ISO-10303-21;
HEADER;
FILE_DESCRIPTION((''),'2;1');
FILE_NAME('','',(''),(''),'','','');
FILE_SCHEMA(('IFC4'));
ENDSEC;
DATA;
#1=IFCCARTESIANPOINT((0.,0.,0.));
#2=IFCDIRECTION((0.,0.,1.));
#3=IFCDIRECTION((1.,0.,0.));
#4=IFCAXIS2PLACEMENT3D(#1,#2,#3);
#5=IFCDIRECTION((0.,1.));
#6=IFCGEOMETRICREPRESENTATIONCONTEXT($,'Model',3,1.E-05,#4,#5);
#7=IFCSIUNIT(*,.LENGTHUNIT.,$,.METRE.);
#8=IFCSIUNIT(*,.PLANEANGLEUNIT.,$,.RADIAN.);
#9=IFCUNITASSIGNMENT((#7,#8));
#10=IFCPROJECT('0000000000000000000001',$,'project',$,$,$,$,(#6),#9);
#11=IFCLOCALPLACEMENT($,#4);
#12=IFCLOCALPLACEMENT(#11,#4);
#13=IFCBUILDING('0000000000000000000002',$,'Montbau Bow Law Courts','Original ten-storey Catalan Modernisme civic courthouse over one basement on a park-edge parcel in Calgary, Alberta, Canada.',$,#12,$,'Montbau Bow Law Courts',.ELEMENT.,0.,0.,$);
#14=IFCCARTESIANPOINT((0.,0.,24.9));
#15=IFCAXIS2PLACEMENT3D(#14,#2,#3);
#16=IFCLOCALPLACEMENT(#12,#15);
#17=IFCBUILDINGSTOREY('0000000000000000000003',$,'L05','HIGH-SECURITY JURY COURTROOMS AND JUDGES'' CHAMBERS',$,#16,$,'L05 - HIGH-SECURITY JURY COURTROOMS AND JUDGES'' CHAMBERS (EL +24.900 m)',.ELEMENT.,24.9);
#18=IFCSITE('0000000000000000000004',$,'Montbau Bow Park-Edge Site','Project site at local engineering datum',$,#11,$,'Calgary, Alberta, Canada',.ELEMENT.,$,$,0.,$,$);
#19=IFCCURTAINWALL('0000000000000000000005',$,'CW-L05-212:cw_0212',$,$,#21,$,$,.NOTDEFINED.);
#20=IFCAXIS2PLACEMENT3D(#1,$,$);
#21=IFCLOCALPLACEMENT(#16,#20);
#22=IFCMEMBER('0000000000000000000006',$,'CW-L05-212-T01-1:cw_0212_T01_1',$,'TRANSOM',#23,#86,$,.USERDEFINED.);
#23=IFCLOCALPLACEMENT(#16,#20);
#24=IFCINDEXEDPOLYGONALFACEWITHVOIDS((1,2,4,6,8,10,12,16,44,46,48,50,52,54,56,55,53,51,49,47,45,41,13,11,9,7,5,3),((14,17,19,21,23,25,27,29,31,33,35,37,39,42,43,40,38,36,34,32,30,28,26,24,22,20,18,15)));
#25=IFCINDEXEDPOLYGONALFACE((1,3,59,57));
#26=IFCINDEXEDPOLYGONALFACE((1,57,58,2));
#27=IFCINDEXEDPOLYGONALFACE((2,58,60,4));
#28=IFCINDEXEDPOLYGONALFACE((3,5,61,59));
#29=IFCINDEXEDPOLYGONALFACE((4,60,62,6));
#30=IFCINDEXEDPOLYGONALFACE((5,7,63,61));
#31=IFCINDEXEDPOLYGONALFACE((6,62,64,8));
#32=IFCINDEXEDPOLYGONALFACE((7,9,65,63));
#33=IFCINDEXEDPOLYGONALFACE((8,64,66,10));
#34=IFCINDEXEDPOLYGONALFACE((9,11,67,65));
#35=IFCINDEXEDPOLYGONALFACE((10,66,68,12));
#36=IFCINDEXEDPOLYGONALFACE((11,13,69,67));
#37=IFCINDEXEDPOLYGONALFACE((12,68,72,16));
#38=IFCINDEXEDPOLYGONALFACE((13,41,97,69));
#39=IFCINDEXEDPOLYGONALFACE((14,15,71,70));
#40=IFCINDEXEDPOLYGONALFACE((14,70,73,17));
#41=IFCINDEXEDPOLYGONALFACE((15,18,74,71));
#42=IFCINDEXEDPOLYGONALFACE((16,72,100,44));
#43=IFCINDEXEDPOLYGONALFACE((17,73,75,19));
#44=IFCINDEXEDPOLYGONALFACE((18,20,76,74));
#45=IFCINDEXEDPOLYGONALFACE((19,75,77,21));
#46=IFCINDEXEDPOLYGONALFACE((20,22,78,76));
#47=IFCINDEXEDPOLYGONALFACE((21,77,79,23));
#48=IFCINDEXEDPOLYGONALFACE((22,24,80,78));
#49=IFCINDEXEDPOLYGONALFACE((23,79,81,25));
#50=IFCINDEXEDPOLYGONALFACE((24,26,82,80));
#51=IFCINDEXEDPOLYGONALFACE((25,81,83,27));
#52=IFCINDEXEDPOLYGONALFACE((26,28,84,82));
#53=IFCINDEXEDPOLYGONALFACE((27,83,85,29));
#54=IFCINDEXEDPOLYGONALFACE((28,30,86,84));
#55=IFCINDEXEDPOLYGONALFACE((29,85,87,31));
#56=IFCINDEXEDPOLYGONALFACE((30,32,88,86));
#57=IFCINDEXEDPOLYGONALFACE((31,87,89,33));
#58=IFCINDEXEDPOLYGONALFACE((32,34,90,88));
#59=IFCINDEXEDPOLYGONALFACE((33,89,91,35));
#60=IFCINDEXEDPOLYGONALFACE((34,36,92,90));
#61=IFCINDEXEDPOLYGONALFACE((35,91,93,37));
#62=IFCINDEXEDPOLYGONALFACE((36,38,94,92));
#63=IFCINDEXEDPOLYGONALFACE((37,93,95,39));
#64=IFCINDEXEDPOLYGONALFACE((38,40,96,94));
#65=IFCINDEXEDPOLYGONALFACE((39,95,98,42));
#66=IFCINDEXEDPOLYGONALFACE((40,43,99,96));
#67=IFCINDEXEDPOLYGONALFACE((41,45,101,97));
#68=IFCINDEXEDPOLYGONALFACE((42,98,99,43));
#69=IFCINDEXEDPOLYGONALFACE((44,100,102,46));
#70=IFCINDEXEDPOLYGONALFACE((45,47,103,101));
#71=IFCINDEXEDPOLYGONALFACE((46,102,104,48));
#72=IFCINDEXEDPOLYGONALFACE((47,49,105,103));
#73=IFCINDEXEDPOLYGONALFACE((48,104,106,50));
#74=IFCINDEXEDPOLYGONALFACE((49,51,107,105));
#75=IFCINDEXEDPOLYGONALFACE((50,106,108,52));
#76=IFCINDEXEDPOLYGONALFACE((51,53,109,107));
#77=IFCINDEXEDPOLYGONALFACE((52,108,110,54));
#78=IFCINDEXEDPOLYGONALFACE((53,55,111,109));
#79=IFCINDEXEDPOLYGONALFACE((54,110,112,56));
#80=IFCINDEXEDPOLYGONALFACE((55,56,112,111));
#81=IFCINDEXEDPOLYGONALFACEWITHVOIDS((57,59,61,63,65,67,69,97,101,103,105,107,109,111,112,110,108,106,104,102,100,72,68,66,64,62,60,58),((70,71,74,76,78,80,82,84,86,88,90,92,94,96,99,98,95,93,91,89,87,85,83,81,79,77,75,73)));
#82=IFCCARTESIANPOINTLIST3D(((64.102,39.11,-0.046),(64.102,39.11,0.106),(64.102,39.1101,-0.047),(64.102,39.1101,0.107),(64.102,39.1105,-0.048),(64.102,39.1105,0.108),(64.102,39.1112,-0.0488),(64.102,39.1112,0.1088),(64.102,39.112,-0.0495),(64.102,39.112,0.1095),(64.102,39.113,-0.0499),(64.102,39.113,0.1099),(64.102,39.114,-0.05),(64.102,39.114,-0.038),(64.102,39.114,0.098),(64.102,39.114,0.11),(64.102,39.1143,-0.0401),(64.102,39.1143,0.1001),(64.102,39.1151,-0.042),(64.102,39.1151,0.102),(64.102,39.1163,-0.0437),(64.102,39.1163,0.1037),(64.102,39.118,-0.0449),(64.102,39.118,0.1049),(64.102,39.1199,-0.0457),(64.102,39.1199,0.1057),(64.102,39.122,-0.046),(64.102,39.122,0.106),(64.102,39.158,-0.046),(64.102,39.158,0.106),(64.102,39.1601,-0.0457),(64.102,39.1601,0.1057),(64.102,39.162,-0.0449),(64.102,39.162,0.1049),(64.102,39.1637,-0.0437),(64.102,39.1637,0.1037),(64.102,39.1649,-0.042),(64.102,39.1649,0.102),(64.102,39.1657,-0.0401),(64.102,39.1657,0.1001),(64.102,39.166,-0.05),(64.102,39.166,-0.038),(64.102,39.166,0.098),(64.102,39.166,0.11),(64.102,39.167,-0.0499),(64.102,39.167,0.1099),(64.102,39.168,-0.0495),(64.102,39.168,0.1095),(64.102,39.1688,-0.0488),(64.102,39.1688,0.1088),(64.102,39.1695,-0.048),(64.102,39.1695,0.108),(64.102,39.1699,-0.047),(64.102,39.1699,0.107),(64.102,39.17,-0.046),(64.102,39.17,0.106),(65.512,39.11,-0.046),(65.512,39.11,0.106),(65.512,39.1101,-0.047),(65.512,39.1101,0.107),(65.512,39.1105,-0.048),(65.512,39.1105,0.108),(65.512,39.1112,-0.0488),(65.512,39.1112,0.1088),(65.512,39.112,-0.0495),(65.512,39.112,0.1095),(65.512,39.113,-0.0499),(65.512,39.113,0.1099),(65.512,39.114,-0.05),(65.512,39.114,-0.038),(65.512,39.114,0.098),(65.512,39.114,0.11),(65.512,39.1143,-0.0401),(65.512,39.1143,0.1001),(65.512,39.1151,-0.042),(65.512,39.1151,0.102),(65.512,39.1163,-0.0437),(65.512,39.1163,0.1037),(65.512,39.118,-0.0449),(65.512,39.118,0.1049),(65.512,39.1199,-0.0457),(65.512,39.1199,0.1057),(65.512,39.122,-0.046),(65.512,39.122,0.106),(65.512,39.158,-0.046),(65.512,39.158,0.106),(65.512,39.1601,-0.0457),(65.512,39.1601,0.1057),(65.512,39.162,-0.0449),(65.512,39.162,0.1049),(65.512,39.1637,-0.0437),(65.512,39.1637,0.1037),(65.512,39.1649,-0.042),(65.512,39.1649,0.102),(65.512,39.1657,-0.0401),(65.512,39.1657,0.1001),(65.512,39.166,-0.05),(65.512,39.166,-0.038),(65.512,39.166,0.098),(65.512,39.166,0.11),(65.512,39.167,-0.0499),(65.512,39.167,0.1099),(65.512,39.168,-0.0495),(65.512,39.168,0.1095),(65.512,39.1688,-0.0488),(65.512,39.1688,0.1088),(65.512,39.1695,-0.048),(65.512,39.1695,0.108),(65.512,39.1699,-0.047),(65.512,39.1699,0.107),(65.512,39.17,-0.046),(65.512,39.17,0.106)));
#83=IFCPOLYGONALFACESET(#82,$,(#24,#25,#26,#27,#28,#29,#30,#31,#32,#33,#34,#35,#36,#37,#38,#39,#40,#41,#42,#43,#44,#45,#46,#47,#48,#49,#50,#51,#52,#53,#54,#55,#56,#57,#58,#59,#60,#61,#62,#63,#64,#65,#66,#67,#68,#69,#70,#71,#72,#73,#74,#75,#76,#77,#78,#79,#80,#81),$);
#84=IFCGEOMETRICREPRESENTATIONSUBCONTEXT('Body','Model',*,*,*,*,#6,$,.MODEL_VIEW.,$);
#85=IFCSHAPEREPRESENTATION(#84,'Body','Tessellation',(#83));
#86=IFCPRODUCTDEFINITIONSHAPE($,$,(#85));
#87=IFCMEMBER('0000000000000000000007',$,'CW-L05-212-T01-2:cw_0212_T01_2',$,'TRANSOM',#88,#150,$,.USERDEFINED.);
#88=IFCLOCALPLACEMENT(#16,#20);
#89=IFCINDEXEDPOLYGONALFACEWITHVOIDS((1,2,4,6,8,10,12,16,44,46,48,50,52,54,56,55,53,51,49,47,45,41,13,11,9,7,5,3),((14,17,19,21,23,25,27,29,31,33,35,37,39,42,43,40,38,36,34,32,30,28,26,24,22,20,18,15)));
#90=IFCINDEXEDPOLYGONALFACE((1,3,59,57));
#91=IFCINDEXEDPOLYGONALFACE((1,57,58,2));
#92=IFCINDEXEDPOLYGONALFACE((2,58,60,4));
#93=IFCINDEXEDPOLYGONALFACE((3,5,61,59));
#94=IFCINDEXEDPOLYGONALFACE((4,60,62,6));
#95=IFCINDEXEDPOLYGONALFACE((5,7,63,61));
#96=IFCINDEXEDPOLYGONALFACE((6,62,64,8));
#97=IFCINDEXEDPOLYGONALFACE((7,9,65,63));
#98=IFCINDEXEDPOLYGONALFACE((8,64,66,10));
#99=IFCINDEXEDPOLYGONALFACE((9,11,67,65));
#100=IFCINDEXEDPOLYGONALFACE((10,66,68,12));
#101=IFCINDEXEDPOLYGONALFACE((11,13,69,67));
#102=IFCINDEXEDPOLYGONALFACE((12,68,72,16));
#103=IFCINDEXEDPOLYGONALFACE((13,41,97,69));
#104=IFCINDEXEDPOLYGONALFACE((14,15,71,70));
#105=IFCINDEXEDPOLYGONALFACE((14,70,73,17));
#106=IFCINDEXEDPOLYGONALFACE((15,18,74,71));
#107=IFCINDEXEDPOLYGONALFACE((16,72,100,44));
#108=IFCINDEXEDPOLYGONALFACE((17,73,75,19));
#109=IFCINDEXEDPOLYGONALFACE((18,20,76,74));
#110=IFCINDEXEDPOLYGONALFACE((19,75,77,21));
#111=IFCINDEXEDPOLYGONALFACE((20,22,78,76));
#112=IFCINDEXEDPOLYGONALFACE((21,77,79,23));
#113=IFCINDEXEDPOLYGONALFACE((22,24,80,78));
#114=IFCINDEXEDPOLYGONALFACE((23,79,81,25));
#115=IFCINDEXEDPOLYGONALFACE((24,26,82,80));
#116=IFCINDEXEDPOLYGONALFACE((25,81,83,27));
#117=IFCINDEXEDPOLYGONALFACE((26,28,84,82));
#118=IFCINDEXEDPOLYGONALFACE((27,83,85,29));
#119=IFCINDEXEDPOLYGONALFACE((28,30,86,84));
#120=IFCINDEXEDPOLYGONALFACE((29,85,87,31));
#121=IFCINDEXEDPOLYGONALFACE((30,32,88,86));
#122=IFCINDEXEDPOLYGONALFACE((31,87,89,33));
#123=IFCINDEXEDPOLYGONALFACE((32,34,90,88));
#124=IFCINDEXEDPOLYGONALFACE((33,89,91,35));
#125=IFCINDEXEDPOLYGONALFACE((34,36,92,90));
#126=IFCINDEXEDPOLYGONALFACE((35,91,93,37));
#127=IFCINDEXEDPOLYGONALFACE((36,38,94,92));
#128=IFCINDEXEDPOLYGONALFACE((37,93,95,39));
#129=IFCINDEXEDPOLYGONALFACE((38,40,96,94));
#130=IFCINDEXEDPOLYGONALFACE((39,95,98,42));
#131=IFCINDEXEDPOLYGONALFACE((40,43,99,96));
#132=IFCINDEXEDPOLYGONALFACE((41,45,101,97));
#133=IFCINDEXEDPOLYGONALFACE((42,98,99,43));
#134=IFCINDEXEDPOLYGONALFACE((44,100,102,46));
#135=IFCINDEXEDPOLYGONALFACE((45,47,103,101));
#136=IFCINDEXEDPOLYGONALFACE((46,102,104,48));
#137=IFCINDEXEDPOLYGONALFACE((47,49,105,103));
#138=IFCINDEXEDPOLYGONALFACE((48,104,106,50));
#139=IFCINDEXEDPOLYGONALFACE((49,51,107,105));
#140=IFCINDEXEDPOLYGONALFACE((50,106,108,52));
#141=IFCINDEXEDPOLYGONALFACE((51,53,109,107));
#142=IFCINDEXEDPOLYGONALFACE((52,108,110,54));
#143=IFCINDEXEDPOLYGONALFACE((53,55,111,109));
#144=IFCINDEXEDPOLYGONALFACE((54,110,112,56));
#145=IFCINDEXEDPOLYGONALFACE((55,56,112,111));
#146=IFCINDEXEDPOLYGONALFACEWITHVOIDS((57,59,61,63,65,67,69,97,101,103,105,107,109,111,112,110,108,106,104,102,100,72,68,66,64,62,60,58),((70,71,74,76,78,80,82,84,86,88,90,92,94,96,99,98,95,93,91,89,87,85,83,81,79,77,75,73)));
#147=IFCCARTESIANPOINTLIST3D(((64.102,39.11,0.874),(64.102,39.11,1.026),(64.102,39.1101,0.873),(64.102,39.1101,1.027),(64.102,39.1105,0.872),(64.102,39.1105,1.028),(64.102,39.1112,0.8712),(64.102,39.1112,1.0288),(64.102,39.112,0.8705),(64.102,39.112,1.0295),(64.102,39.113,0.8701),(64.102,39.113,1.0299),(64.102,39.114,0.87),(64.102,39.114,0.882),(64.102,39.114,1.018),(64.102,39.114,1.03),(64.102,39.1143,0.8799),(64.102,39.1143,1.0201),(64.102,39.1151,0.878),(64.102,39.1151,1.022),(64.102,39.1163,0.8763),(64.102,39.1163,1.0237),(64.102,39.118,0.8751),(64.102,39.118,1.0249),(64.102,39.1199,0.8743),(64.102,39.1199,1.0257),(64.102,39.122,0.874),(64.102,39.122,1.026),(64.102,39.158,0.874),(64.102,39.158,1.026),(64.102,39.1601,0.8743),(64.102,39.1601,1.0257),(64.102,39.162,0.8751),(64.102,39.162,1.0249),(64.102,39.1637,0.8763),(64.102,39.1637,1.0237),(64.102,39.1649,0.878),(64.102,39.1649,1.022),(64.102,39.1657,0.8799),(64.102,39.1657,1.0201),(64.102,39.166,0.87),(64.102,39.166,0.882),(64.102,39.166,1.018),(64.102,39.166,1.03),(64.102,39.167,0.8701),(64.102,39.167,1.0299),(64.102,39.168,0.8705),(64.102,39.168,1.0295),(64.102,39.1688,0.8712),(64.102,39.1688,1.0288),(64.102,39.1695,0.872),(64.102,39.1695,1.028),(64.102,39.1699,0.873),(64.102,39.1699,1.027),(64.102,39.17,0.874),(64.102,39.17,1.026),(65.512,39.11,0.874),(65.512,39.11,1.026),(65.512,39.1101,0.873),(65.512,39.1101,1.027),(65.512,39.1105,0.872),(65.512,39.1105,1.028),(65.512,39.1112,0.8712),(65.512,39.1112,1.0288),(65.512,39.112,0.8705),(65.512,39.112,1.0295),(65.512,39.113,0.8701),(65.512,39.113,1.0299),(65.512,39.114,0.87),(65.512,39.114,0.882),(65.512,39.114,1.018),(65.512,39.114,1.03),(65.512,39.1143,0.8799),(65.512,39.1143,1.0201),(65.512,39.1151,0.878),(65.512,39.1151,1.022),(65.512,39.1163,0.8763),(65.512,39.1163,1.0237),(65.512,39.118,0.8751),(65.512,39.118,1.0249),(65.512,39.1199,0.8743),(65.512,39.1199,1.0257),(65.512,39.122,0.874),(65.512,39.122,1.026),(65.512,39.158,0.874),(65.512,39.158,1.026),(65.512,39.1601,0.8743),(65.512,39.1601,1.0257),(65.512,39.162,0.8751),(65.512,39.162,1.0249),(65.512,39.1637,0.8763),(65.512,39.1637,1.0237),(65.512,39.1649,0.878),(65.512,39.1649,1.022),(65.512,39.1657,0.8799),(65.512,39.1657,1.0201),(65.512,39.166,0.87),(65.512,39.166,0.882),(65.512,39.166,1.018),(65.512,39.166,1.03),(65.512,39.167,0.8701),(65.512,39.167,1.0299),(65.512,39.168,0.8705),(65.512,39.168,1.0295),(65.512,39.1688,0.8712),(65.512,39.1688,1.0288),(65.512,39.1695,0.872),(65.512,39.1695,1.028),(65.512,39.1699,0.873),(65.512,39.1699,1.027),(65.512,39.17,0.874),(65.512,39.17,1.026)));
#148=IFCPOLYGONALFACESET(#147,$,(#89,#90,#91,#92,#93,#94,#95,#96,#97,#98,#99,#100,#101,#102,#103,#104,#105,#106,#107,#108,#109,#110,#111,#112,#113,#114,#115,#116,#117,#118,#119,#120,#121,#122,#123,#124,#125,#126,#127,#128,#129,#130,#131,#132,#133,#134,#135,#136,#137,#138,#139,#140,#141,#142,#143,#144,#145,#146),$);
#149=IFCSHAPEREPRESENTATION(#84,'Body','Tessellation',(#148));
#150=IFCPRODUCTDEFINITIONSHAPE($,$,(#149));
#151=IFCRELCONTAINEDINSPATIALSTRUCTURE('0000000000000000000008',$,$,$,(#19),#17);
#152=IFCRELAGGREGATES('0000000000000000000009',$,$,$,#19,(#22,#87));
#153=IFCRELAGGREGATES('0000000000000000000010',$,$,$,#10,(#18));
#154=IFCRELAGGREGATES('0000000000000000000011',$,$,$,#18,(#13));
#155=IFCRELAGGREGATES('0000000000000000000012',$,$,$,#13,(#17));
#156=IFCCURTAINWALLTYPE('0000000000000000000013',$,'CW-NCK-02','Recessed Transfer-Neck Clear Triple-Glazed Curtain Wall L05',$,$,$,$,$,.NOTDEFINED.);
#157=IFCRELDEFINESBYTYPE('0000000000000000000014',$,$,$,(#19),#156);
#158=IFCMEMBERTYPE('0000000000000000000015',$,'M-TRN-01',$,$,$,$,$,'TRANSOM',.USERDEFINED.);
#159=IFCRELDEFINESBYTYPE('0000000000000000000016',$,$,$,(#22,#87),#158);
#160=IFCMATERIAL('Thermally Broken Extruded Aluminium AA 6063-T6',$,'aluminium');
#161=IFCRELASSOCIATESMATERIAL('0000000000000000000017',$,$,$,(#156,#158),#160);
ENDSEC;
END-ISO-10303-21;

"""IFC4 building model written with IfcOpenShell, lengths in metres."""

from ifc_helpers import new_model, si_unit, direction, frame, origin_with_axes, origin_2d_with_axis, place, context, subcontext, project, spatial, hollow_rectangle, extrude, material, material_profile, profile_set, type_object, element, aggregate, save


model = new_model("IFC4")

# Units and contexts
model_context = context("Model", 3, precision=1e-05, world=origin_with_axes(), true_north=direction((0.0, 1.0)))
body_context = subcontext(model_context, "Body", "Model", "MODEL_VIEW")
ifc_project = project(units=[si_unit("LENGTHUNIT", "METRE"), si_unit("PLANEANGLEUNIT", "RADIAN")], contexts=[model_context])

# Site, building, storey
site_placement = place(None, origin_with_axes())
site = spatial("IfcSite", under=ifc_project, at=site_placement, Name="Montbau Bow Park-Edge Site", Description="Project site at local engineering datum", LongName="Calgary, Alberta, Canada", CompositionType="ELEMENT", RefElevation=0.0)
building_placement = place(site_placement, origin_with_axes())
building = spatial("IfcBuilding", under=site, at=building_placement, Name="Montbau Bow Law Courts", Description="Original ten-storey Catalan Modernisme civic courthouse over one basement on a park-edge parcel in Calgary, Alberta, Canada.", LongName="Montbau Bow Law Courts", CompositionType="ELEMENT", ElevationOfRefHeight=0.0, ElevationOfTerrain=0.0)
storey_placement = place(building_placement, frame((0.0, 0.0, 24.9), z_axis=(0.0, 0.0, 1.0), x_axis=(1.0, 0.0, 0.0)))
storey = spatial("IfcBuildingStorey", under=building, at=storey_placement, Name="L05", Description="HIGH-SECURITY JURY COURTROOMS AND JUDGES' CHAMBERS", LongName="L05 - HIGH-SECURITY JURY COURTROOMS AND JUDGES' CHAMBERS (EL +24.900 m)", CompositionType="ELEMENT", Elevation=24.9)

# Shared definitions
ifc_material_1 = material(Name="Thermally Broken Extruded Aluminium AA 6063-T6", Category="aluminium")
curtain_wall_type = type_object("IfcCurtainWallType", Name="CW-NCK-02", Description="Recessed Transfer-Neck Clear Triple-Glazed Curtain Wall L05", PredefinedType="NOTDEFINED", material=ifc_material_1)

# Curtain wall, members
curtain_wall_1_placement = place(None, frame((64.04, 39.14, 24.9), z_axis=(0.0, 0.0, 1.0), x_axis=(1.0, 0.0, 0.0)))
curtain_wall_1 = element("IfcCurtainWall", 1, at=curtain_wall_1_placement, inside=storey, type_object=curtain_wall_type, Name="CW-L05-212:cw_0212", PredefinedType="NOTDEFINED")
ifc_material_profile_1 = material_profile(ifc_material_1, hollow_rectangle(XDim=0.06, YDim=0.16, WallThickness=0.004, InnerFilletRadius=0.008, OuterFilletRadius=0.004, at=origin_2d_with_axis()), Name="CWT-160X60", Category="Main", Priority=0)
ifc_profile_set_1 = profile_set([ifc_material_profile_1], Name="Thermally Broken Extruded Aluminium AA 6063-T6")
member_type_1 = type_object("IfcMemberType", Name="M-TRN-01", ElementType="TRANSOM", PredefinedType="USERDEFINED", material=ifc_profile_set_1)
member_1_placement = place(None, frame((64.102, 39.14, 24.93), z_axis=(1.0, 0.0, 0.0), x_axis=(0.0, 1.0, 0.0)))
member_1 = element("IfcMember", 2, at=member_1_placement, type_object=member_type_1, Name="CW-L05-212-T01-1:cw_0212_T01_1", ObjectType="TRANSOM", PredefinedType="USERDEFINED", context=body_context, shape_type="SweptSolid", body=[
    extrude(hollow_rectangle(XDim=0.06, YDim=0.16, WallThickness=0.004, InnerFilletRadius=0.008, OuterFilletRadius=0.004, at=origin_2d_with_axis()), origin_with_axes(), (0.0, 0.0, 1.0), 1.41),
])
member_2_placement = place(None, frame((64.102, 39.14, 25.85), z_axis=(1.0, 0.0, 0.0), x_axis=(0.0, 1.0, 0.0)))
member_2 = element("IfcMember", 3, at=member_2_placement, type_object=member_type_1, Name="CW-L05-212-T01-2:cw_0212_T01_2", ObjectType="TRANSOM", PredefinedType="USERDEFINED", context=body_context, shape_type="SweptSolid", body=[
    extrude(hollow_rectangle(XDim=0.06, YDim=0.16, WallThickness=0.004, InnerFilletRadius=0.008, OuterFilletRadius=0.004, at=origin_2d_with_axis()), origin_with_axes(), (0.0, 0.0, 1.0), 1.41),
])
aggregate(curtain_wall_1, [member_1, member_2])

save(model, "model.ifc")
